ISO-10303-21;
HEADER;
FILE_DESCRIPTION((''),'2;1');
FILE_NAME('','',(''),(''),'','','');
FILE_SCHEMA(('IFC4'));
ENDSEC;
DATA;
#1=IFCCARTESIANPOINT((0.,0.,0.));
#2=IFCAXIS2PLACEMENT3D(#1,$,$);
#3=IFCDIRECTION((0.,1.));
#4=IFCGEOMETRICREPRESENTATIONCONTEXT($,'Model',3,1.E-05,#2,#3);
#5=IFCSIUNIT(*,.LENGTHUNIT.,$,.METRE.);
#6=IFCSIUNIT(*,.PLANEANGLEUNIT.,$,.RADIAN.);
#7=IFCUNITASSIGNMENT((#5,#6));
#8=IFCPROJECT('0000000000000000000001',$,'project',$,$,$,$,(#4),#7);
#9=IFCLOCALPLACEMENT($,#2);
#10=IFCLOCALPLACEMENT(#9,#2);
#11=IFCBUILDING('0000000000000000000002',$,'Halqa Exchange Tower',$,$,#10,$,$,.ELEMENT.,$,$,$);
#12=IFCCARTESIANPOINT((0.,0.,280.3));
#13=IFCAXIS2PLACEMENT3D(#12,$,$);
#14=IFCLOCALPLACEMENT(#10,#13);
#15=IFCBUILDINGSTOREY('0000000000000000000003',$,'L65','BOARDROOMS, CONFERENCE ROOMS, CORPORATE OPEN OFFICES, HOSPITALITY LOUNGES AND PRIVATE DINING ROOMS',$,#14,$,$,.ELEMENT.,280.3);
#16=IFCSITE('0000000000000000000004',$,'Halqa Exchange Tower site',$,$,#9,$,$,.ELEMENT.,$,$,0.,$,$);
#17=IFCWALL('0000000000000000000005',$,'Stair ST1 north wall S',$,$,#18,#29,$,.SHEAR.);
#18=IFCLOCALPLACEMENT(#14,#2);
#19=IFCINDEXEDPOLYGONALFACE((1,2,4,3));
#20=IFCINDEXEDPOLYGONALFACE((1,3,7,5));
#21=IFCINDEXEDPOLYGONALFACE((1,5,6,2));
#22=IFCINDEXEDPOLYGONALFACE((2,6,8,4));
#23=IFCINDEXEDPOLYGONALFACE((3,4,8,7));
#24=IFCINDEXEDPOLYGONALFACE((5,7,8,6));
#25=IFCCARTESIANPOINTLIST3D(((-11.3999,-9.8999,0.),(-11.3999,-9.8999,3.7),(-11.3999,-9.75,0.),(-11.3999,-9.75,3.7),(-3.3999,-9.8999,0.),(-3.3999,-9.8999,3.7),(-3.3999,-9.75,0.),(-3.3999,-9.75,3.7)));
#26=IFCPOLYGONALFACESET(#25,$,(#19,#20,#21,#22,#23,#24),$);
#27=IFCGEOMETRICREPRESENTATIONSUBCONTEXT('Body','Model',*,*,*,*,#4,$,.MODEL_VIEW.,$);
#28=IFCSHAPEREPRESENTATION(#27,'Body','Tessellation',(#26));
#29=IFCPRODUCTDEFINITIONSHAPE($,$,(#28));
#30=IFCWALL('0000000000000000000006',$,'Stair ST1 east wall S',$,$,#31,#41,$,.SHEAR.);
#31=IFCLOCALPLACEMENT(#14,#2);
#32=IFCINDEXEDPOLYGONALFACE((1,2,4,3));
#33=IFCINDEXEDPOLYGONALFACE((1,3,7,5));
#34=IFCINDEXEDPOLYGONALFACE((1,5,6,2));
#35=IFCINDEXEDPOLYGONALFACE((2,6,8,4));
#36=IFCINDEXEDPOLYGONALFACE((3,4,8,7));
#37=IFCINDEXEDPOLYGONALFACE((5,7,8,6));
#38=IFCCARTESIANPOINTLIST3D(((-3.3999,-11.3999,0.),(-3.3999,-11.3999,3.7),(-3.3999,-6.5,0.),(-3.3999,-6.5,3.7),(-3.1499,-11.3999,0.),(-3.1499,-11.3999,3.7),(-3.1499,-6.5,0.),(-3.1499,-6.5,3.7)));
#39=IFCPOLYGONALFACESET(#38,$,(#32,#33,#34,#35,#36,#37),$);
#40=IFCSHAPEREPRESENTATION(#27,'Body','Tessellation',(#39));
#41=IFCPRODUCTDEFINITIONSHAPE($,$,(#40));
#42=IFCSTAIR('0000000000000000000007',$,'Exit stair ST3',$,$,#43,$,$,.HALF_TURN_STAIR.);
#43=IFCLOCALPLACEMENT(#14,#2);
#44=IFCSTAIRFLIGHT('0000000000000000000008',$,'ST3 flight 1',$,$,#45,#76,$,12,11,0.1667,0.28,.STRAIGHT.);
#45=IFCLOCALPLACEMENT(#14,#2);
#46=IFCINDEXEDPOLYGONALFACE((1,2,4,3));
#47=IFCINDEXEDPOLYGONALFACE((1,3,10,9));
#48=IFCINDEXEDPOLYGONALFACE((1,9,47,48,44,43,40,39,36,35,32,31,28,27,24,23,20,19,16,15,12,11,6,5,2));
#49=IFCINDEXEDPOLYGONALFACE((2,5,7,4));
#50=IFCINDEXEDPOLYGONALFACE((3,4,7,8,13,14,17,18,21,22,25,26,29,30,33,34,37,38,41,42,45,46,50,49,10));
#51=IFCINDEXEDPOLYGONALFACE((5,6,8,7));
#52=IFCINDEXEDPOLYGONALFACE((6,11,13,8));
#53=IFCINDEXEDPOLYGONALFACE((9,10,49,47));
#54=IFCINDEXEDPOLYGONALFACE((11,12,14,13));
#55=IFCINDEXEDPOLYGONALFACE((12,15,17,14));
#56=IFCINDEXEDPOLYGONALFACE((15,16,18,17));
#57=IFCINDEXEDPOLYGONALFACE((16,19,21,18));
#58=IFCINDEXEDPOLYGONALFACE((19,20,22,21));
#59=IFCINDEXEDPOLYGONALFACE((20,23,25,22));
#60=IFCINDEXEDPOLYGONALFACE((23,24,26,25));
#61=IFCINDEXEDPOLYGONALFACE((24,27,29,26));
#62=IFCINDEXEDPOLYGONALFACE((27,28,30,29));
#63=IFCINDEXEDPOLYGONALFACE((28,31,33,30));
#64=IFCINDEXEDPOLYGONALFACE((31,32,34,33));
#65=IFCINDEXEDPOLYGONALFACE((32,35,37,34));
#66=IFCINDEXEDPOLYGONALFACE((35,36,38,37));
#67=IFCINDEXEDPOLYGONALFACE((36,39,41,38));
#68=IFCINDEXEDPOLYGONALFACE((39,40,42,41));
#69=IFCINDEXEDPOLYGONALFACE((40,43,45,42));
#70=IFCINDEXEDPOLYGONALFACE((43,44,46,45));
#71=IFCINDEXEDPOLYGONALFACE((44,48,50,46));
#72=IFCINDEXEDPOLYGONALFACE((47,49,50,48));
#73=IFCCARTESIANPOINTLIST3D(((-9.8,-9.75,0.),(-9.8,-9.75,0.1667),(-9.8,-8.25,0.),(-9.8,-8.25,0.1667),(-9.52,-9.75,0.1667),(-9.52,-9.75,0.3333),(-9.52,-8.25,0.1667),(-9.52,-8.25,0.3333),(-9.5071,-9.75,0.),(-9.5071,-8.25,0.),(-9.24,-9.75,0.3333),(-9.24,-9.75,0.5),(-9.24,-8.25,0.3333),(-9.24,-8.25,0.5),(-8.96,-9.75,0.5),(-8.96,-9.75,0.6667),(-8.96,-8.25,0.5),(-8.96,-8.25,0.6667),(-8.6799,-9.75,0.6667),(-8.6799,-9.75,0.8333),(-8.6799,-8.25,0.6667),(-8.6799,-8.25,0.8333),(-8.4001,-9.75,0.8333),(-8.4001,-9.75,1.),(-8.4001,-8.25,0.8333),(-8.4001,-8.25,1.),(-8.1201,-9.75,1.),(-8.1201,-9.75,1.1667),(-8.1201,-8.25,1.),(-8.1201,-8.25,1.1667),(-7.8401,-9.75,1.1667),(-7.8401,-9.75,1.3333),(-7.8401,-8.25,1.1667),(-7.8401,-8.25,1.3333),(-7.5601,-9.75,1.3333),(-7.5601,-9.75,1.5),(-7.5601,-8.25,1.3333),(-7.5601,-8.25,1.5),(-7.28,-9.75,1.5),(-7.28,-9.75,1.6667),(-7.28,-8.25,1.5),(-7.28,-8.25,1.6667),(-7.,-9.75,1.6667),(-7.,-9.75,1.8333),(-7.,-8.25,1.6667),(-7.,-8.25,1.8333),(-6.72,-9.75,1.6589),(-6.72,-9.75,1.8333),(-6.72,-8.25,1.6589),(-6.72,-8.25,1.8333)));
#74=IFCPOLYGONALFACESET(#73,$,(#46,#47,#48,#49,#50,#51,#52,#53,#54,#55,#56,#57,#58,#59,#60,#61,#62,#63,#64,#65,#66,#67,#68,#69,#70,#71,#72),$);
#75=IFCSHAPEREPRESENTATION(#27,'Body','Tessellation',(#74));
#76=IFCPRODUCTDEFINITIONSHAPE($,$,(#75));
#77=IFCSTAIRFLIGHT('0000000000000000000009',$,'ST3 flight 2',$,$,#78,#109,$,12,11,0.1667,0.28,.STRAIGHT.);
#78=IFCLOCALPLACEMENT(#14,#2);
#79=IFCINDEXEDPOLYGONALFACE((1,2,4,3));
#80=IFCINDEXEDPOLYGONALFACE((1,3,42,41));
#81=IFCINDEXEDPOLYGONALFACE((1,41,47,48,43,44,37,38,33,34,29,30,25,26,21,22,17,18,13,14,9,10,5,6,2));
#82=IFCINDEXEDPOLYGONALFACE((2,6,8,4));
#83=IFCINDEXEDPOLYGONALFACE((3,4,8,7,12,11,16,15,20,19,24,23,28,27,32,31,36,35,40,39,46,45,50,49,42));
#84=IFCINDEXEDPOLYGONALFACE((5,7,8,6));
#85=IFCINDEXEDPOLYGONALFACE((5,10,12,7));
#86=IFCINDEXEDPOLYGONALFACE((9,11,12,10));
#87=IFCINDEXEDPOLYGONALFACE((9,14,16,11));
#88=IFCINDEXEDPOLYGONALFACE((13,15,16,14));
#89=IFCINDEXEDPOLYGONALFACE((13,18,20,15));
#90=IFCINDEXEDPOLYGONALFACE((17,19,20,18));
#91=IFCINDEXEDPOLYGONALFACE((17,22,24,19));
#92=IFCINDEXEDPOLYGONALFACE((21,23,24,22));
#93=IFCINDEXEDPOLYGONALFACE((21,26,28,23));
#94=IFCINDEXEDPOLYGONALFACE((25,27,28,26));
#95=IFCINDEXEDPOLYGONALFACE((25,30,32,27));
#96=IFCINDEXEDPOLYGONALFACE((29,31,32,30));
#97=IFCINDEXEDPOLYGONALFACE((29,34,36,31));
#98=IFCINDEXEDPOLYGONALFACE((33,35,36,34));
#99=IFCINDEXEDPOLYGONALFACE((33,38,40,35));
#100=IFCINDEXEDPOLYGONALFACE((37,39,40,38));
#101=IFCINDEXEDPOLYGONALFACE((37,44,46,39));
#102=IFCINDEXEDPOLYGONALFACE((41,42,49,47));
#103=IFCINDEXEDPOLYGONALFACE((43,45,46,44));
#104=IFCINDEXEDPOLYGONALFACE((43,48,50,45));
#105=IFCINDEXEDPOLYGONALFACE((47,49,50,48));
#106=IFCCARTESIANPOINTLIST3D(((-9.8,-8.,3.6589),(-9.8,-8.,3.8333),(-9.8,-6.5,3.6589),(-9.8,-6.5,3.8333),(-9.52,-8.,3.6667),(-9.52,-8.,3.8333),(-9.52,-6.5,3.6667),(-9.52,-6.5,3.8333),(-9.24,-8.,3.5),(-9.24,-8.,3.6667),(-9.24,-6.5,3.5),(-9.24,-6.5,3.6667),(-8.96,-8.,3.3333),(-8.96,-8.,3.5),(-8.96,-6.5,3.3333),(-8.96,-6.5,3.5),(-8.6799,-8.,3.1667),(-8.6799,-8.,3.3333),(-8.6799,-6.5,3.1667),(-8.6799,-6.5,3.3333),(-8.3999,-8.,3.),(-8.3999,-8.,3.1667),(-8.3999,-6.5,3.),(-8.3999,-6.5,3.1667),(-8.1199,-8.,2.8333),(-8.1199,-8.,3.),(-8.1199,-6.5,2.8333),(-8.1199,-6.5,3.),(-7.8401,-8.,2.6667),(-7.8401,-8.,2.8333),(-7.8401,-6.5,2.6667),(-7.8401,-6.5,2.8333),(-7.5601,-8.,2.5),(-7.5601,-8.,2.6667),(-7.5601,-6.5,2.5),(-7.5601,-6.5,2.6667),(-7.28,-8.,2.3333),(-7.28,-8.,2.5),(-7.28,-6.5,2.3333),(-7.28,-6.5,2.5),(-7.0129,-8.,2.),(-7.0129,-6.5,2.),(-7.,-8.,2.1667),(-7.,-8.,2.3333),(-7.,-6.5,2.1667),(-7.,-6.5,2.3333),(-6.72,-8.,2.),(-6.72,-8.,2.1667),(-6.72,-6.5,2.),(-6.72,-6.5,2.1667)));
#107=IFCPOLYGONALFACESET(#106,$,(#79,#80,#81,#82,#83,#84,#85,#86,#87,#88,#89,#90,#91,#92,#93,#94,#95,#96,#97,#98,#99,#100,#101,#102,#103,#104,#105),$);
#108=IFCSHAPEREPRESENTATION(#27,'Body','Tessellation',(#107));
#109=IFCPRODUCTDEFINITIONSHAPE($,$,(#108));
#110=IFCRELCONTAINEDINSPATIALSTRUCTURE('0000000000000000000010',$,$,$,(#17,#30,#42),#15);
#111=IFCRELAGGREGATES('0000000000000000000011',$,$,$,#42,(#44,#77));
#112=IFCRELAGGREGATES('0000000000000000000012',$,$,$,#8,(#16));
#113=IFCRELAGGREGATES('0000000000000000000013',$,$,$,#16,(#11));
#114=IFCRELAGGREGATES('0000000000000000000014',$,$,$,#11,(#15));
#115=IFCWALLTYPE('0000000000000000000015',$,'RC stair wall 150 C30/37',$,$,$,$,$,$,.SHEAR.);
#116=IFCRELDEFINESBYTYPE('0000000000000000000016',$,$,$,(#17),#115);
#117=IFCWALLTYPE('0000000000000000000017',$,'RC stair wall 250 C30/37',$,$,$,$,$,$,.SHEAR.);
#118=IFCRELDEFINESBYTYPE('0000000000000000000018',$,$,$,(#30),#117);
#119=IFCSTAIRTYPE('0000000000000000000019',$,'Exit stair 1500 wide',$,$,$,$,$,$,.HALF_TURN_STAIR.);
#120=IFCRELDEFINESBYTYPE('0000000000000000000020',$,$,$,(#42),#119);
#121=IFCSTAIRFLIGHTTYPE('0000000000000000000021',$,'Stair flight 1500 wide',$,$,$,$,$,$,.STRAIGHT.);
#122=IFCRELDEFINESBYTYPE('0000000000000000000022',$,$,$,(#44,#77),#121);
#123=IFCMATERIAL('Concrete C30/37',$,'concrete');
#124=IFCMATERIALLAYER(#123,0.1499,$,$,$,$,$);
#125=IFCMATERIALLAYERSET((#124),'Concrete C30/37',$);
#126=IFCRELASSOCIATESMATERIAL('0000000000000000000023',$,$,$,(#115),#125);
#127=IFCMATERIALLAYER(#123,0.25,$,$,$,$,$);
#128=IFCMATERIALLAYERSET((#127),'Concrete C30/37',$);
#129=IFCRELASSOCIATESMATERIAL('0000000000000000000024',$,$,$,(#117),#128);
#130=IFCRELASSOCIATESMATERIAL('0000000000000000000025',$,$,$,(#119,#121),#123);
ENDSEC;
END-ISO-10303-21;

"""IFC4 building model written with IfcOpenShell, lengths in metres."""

from ifc_helpers import new_model, si_unit, direction, frame, frame_2d, origin, place, context, subcontext, project, spatial, polyline, rectangle, outline, extrude, material, layer, layer_set, type_object, element, aggregate, save


model = new_model("IFC4")

# Units and contexts
model_context = context("Model", 3, precision=1e-05, world=origin(), true_north=direction((0.0, 1.0)))
body_context = subcontext(model_context, "Body", "Model", "MODEL_VIEW")
ifc_project = project(units=[si_unit("LENGTHUNIT", "METRE"), si_unit("PLANEANGLEUNIT", "RADIAN")], contexts=[model_context])

# Site, building, storey
site_placement = place(None, origin())
site = spatial("IfcSite", under=ifc_project, at=site_placement, Name="Halqa Exchange Tower site", CompositionType="ELEMENT", RefElevation=0.0)
building_placement = place(site_placement, origin())
building = spatial("IfcBuilding", under=site, at=building_placement, Name="Halqa Exchange Tower", CompositionType="ELEMENT")
storey_placement = place(building_placement, frame((0.0, 0.0, 280.3)))
storey = spatial("IfcBuildingStorey", under=building, at=storey_placement, Name="L65", Description="BOARDROOMS, CONFERENCE ROOMS, CORPORATE OPEN OFFICES, HOSPITALITY LOUNGES AND PRIVATE DINING ROOMS", CompositionType="ELEMENT", Elevation=280.3)

# Walls
ifc_material_1 = material(Name="Concrete C30/37", Category="concrete")
ifc_layer_1 = layer(ifc_material_1, 0.1499)
ifc_layer_set_1 = layer_set([ifc_layer_1], Name="Concrete C30/37")
wall_type_1 = type_object("IfcWallType", Name="RC stair wall 150 C30/37", PredefinedType="SHEAR", material=ifc_layer_set_1)
wall_1_placement = place(storey_placement, frame((-11.3999, -9.825, 0.0), z_axis=(0.0, 0.0, 1.0), x_axis=(1.0, 0.0, 0.0)))
element("IfcWall", 1, at=wall_1_placement, inside=storey, type_object=wall_type_1, Name="Stair ST1 north wall S", PredefinedType="SHEAR", context=body_context, shape_type="SweptSolid", body=[
    extrude(rectangle(XDim=8.0, YDim=0.1499, at=frame_2d((4.0, 0.0))), origin(), (0.0, 0.0, 1.0), 3.7),
])
ifc_layer_2 = layer(ifc_material_1, 0.25)
ifc_layer_set_2 = layer_set([ifc_layer_2], Name="Concrete C30/37")
wall_type_2 = type_object("IfcWallType", Name="RC stair wall 250 C30/37", PredefinedType="SHEAR", material=ifc_layer_set_2)
wall_2_placement = place(storey_placement, frame((-3.2749, -11.3999, 0.0), z_axis=(0.0, 0.0, 1.0), x_axis=(0.0, 1.0, 0.0)))
element("IfcWall", 2, at=wall_2_placement, inside=storey, type_object=wall_type_2, Name="Stair ST1 east wall S", PredefinedType="SHEAR", context=body_context, shape_type="SweptSolid", body=[
    extrude(rectangle(XDim=4.8999, YDim=0.25, at=frame_2d((2.45, 0.0))), origin(), (0.0, 0.0, 1.0), 3.7),
])

# Stair, stair flights
stair_type = type_object("IfcStairType", Name="Exit stair 1500 wide", PredefinedType="HALF_TURN_STAIR", material=ifc_material_1)
stair_placement = place(storey_placement, origin())
stair = element("IfcStair", 3, at=stair_placement, inside=storey, type_object=stair_type, Name="Exit stair ST3", PredefinedType="HALF_TURN_STAIR")
stair_flight_type = type_object("IfcStairFlightType", Name="Stair flight 1500 wide", PredefinedType="STRAIGHT", material=ifc_material_1)
stair_flight_1_placement = place(storey_placement, frame((-9.8, -9.0, 0.0), z_axis=(0.0, 0.0, 1.0), x_axis=(1.0, 0.0, 0.0)))
stair_flight_1 = element("IfcStairFlight", 4, at=stair_flight_1_placement, type_object=stair_flight_type, Name="ST3 flight 1", NumberOfRisers=12, NumberOfTreads=11, PredefinedType="STRAIGHT", RiserHeight=0.1667, TreadLength=0.28, context=body_context, shape_type="SweptSolid", body=[
    extrude(outline(polyline([(0.0, 0.0), (0.0, 0.1667), (0.28, 0.1667), (0.28, 0.3333), (0.5601, 0.3333), (0.5601, 0.5), (0.8401, 0.5), (0.8401, 0.6667), (1.1201, 0.6667), (1.1201, 0.8333), (1.3999, 0.8333), (1.3999, 1.0), (1.6799, 1.0), (1.6799, 1.1667), (1.96, 1.1667), (1.96, 1.3333), (2.24, 1.3333), (2.24, 1.5), (2.52, 1.5), (2.52, 1.6667), (2.8, 1.6667), (2.8, 1.8333), (3.0801, 1.8333), (3.0801, 2.0), (3.0801, 1.6589), (0.293, 0.0), (0.0, 0.0)])), frame((0.0, 0.75, 0.0), z_axis=(0.0, -1.0, 0.0), x_axis=(1.0, 0.0, 0.0)), (0.0, 0.0, 1.0), 1.5),
])
stair_flight_2_placement = place(storey_placement, frame((-6.72, -7.25, 2.0), z_axis=(0.0, 0.0, 1.0), x_axis=(-1.0, 0.0, 0.0)))
stair_flight_2 = element("IfcStairFlight", 5, at=stair_flight_2_placement, type_object=stair_flight_type, Name="ST3 flight 2", NumberOfRisers=12, NumberOfTreads=11, PredefinedType="STRAIGHT", RiserHeight=0.1667, TreadLength=0.28, context=body_context, shape_type="SweptSolid", body=[
    extrude(outline(polyline([(0.0, 0.0), (0.0, 0.1667), (0.28, 0.1667), (0.28, 0.3333), (0.5601, 0.3333), (0.5601, 0.5), (0.8401, 0.5), (0.8401, 0.6667), (1.1201, 0.6667), (1.1201, 0.8333), (1.3999, 0.8333), (1.3999, 1.0), (1.6799, 1.0), (1.6799, 1.1667), (1.96, 1.1667), (1.96, 1.3333), (2.24, 1.3333), (2.24, 1.5), (2.52, 1.5), (2.52, 1.6667), (2.8, 1.6667), (2.8, 1.8333), (3.0801, 1.8333), (3.0801, 2.0), (3.0801, 1.6589), (0.293, 0.0), (0.0, 0.0)])), frame((0.0, 0.75, 0.0), z_axis=(0.0, -1.0, 0.0), x_axis=(1.0, 0.0, 0.0)), (0.0, 0.0, 1.0), 1.5),
])
aggregate(stair, [stair_flight_1, stair_flight_2])

save(model, "model.ifc")
